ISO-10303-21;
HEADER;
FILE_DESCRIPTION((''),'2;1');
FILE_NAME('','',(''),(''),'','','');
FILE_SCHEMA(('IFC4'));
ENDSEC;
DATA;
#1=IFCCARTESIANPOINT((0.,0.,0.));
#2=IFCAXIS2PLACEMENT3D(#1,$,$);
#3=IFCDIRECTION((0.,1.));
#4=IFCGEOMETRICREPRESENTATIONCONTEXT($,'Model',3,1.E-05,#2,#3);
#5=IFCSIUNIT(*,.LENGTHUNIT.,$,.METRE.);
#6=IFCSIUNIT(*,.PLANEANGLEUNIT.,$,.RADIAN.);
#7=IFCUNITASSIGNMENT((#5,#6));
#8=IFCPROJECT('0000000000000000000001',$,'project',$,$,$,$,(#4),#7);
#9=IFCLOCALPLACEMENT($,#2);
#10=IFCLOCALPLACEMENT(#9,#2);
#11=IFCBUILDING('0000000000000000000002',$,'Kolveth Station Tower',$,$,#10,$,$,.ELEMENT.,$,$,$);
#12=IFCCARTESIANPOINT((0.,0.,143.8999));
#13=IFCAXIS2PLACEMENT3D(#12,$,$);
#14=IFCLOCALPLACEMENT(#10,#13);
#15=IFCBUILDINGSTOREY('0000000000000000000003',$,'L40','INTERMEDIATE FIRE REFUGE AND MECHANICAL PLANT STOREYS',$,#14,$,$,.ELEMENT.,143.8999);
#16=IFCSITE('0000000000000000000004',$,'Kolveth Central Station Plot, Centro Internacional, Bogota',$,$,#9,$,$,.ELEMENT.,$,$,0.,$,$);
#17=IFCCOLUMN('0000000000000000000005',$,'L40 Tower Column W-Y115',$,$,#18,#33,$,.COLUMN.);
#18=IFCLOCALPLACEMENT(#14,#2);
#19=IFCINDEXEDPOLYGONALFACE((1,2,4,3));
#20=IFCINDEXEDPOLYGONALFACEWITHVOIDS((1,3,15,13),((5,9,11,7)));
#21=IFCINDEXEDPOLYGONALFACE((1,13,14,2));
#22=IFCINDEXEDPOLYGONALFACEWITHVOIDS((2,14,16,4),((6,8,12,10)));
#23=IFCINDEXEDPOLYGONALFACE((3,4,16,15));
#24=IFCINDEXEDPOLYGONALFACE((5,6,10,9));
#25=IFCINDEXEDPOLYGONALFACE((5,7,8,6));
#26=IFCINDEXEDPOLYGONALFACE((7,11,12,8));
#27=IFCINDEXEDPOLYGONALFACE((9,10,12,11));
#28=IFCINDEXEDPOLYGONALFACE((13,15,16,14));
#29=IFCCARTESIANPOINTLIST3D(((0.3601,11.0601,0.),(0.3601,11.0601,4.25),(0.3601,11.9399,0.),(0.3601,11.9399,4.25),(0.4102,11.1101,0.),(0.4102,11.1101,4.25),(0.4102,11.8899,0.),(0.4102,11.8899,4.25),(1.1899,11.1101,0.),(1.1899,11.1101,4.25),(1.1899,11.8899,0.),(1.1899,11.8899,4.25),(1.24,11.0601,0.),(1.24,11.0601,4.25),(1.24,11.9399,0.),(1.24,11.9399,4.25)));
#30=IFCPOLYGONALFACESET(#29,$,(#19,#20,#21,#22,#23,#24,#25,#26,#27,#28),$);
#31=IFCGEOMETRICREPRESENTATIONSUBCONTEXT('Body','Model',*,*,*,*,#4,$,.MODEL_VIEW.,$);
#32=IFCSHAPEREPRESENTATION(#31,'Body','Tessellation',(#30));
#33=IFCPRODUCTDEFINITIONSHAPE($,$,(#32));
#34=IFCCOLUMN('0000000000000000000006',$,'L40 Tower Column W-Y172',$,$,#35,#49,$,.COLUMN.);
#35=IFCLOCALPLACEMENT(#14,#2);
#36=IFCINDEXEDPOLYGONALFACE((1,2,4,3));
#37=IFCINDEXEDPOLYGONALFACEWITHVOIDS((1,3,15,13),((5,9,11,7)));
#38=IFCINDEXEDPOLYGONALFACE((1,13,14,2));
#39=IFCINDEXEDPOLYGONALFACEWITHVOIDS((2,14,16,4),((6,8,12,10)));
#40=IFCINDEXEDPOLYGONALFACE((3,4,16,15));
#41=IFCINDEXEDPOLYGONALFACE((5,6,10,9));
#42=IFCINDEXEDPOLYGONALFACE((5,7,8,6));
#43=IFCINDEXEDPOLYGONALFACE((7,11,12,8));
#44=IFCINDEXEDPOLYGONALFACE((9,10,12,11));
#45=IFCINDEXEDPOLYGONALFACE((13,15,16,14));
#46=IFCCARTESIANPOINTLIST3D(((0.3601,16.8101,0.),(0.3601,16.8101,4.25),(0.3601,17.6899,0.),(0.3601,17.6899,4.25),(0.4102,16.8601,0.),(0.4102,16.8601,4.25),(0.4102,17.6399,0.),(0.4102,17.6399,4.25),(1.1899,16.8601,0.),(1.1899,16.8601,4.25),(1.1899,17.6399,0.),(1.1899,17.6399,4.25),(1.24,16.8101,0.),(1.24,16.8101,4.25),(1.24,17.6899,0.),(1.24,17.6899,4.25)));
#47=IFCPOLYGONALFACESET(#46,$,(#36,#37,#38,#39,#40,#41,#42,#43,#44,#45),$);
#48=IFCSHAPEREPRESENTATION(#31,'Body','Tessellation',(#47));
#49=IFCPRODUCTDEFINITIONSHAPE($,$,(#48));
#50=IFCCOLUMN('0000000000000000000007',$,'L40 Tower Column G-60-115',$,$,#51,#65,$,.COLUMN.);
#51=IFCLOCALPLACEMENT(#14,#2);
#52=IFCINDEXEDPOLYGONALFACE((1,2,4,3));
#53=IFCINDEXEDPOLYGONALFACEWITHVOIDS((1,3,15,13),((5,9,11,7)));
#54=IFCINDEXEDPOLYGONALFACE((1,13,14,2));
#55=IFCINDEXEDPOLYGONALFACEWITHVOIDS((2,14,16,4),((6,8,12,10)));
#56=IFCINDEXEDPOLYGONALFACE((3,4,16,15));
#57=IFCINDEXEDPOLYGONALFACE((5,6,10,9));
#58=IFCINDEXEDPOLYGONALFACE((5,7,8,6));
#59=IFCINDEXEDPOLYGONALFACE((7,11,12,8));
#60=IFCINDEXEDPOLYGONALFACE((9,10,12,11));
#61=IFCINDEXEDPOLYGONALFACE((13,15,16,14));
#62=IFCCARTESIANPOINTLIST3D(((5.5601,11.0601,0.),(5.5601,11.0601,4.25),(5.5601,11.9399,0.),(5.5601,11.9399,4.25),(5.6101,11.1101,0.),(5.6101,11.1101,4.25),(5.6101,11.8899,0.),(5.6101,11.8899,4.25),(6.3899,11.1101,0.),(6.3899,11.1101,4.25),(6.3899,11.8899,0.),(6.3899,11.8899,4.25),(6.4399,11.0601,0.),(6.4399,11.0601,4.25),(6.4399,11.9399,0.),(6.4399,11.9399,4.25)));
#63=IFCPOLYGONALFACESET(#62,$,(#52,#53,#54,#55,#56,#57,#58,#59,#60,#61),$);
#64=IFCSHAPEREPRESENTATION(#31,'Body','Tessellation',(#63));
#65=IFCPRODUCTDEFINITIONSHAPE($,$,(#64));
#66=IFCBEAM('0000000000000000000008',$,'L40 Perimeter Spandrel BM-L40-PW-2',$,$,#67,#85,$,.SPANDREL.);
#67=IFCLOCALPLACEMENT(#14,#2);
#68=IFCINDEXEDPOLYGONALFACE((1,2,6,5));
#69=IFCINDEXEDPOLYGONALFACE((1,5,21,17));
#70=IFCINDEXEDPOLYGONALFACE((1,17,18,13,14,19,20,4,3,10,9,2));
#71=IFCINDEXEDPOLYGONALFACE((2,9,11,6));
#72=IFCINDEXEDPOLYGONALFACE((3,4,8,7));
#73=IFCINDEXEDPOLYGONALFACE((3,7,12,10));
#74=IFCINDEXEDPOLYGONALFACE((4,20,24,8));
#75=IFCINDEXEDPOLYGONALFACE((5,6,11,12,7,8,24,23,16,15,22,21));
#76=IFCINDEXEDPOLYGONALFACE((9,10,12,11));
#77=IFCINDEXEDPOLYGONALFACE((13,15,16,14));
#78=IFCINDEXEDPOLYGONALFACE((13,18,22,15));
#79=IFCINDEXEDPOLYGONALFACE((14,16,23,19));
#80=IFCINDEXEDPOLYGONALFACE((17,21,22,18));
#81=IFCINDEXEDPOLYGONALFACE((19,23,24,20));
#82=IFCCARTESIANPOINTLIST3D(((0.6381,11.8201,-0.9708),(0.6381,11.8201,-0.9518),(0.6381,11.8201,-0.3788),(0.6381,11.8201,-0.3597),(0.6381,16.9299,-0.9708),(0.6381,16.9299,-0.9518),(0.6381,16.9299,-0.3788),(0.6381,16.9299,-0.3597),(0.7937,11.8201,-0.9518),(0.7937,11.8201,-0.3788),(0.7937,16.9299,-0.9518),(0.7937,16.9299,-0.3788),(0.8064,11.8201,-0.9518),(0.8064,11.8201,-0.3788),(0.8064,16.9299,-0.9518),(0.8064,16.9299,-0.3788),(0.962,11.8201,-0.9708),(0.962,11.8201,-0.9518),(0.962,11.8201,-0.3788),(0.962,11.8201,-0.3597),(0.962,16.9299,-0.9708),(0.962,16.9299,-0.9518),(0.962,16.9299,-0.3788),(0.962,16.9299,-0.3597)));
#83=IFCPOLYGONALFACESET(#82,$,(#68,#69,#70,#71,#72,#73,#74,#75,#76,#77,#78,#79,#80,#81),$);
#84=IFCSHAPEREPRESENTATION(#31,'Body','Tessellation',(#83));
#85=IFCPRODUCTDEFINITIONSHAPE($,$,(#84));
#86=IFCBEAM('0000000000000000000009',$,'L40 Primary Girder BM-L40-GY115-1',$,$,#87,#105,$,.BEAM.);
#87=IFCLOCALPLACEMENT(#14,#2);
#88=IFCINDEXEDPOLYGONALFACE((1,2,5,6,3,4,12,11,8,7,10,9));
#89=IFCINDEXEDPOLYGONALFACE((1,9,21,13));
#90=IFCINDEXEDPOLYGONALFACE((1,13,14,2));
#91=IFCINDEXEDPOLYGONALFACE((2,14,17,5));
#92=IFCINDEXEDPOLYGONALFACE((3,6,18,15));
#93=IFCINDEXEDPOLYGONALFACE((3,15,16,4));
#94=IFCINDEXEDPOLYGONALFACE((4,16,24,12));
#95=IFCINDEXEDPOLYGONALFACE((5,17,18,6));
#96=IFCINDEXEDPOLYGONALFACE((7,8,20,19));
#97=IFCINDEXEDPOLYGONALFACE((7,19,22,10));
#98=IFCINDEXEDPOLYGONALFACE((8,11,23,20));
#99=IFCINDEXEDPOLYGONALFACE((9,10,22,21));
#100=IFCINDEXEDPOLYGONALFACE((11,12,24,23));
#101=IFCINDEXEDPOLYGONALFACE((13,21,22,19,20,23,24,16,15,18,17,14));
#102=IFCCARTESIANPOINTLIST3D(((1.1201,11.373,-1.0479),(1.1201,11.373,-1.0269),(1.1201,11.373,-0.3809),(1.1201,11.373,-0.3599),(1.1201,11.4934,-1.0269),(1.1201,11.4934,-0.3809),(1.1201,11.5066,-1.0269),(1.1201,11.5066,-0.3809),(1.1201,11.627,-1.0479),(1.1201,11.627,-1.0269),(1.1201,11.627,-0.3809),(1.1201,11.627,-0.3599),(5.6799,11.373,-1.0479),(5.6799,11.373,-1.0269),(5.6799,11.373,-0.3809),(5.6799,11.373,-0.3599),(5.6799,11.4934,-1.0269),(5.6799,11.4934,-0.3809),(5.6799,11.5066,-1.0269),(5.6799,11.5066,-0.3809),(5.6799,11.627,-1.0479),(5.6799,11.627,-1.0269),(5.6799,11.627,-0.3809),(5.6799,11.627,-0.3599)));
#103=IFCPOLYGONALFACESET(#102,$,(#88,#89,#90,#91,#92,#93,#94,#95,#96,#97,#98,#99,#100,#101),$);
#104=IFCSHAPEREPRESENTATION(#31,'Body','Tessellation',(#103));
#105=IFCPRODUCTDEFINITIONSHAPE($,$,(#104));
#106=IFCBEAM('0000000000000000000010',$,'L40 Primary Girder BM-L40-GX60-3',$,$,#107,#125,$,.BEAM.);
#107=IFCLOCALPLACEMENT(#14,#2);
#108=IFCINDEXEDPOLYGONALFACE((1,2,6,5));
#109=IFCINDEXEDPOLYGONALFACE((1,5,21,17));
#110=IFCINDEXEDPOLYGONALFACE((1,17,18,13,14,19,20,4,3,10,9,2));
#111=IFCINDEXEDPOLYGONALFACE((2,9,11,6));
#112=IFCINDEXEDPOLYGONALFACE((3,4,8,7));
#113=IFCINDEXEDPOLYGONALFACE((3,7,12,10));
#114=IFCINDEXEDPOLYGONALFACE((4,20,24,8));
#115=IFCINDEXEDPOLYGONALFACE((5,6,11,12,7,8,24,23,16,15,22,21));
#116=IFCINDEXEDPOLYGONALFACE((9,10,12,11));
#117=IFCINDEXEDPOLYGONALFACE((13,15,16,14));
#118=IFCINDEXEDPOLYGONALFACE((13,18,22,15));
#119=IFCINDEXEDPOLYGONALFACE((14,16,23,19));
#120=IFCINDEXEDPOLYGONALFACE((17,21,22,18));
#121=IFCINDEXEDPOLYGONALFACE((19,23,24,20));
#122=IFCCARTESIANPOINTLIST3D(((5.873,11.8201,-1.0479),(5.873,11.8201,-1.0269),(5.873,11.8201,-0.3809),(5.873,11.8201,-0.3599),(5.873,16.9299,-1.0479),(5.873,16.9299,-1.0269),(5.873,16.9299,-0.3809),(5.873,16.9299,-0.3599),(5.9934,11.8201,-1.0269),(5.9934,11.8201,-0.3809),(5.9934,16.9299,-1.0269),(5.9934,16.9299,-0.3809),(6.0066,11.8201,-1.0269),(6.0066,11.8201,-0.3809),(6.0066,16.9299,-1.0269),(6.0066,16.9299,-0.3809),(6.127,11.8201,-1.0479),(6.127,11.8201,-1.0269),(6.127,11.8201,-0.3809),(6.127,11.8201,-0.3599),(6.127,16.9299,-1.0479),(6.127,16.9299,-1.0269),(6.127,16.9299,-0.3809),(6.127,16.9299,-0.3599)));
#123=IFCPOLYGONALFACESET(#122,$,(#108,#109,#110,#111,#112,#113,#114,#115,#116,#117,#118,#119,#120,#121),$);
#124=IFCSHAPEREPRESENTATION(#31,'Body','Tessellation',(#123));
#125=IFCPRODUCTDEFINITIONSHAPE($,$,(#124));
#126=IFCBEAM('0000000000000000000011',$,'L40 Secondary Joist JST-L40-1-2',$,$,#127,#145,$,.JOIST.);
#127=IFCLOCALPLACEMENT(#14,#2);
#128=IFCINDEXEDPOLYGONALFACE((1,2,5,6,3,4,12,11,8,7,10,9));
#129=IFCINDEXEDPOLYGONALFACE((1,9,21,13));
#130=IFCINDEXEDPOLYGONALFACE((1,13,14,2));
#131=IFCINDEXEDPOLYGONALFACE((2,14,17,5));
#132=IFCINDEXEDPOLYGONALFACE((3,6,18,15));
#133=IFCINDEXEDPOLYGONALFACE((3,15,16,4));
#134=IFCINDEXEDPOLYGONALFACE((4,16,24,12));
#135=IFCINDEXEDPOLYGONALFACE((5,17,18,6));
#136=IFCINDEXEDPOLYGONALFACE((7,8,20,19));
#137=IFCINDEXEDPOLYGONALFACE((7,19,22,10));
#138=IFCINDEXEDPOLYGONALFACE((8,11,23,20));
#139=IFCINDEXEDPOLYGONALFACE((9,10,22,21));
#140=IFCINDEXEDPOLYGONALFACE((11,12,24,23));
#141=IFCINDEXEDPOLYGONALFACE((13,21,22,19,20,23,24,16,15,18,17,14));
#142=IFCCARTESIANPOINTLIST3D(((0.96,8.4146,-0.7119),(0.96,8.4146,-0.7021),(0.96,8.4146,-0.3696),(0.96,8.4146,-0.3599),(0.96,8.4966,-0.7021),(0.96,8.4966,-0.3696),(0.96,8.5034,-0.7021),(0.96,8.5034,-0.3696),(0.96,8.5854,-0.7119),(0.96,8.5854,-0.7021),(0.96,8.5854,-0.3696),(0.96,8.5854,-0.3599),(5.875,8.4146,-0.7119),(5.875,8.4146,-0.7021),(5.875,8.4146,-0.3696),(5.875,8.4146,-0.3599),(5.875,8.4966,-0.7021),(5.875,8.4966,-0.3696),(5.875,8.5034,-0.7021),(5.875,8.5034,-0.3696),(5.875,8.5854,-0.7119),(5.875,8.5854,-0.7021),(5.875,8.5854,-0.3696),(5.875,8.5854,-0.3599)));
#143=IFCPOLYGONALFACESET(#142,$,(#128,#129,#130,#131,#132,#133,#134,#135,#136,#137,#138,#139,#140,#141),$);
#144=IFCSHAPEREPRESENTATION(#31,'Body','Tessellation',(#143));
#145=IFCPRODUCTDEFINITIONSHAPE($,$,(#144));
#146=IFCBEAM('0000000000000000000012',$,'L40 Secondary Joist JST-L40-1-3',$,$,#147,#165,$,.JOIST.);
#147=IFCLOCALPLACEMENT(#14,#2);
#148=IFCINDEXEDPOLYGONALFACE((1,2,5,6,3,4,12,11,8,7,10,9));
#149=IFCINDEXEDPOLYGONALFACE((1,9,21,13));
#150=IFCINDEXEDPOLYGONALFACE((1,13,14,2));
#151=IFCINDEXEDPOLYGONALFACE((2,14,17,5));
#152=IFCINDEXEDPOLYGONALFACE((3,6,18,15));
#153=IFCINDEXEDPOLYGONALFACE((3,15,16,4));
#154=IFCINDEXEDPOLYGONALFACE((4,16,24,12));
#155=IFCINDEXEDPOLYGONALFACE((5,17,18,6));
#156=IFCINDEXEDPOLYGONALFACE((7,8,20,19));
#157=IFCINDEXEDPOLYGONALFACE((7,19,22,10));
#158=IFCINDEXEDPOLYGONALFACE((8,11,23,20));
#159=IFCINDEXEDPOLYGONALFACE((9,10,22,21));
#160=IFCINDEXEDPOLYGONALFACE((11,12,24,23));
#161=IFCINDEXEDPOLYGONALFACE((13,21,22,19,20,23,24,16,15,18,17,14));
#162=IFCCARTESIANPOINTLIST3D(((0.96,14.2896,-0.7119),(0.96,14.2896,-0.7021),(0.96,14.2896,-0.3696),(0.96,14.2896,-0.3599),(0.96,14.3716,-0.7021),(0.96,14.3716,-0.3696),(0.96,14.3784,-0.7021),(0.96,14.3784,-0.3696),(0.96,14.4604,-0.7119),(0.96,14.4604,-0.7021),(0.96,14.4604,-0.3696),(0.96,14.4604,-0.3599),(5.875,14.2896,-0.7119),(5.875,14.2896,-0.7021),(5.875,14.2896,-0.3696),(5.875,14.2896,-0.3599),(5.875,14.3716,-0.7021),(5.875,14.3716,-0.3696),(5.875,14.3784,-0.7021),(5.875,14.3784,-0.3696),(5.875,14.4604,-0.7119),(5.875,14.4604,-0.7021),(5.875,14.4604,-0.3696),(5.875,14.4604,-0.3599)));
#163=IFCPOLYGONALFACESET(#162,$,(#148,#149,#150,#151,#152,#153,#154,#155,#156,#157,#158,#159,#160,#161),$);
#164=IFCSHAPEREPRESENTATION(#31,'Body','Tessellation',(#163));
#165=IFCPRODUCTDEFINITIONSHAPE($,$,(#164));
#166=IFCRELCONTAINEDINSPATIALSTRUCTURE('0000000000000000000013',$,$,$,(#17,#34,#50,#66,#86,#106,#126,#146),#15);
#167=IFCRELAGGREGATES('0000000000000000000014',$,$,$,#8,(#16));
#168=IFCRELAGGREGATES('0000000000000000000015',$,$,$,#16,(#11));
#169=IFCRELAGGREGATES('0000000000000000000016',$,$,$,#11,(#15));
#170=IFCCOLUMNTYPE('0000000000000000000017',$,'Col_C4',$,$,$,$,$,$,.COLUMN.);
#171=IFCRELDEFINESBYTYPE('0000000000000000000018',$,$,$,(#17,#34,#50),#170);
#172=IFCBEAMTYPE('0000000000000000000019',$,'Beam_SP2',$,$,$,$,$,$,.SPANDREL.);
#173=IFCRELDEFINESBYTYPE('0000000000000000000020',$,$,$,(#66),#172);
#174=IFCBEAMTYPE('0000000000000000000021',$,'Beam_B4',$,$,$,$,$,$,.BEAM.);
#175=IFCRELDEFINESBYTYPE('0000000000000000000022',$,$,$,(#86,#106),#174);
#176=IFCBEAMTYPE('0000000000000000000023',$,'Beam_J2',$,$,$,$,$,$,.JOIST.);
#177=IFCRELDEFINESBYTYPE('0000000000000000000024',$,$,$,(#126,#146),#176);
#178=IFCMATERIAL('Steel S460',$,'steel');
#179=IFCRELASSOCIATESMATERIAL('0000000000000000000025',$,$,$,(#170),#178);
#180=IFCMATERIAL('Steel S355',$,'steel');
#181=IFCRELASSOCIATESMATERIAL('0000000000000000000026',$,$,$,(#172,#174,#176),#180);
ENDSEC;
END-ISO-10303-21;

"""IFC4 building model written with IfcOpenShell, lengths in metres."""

from ifc_helpers import new_model, si_unit, direction, frame, origin, origin_2d, place, context, subcontext, project, spatial, hollow_rectangle, i_section, extrude, source, transform, mapped, material, material_profile, profile_set, type_object, element, save


model = new_model("IFC4")

# Units and contexts
model_context = context("Model", 3, precision=1e-05, world=origin(), true_north=direction((0.0, 1.0)))
body_context = subcontext(model_context, "Body", "Model", "MODEL_VIEW")
ifc_project = project(units=[si_unit("LENGTHUNIT", "METRE"), si_unit("PLANEANGLEUNIT", "RADIAN")], contexts=[model_context])

# Site, building, storey
site_placement = place(None, origin())
site = spatial("IfcSite", under=ifc_project, at=site_placement, Name="Kolveth Central Station Plot, Centro Internacional, Bogota", CompositionType="ELEMENT", RefElevation=0.0)
building_placement = place(site_placement, origin())
building = spatial("IfcBuilding", under=site, at=building_placement, Name="Kolveth Station Tower", CompositionType="ELEMENT")
storey_placement = place(building_placement, frame((0.0, 0.0, 143.8999)))
storey = spatial("IfcBuildingStorey", under=building, at=storey_placement, Name="L40", Description="INTERMEDIATE FIRE REFUGE AND MECHANICAL PLANT STOREYS", CompositionType="ELEMENT", Elevation=143.8999)

# Columns
ifc_material_1 = material(Name="Steel S460", Category="steel")
ifc_material_profile_1 = material_profile(ifc_material_1, hollow_rectangle(XDim=0.8799, YDim=0.8799, WallThickness=0.05, at=origin_2d()), Name="BOX880x880x50")
ifc_profile_set_1 = profile_set([ifc_material_profile_1], Name="Steel S460")
column_type = type_object("IfcColumnType", Name="Col_C4", PredefinedType="COLUMN", material=ifc_profile_set_1)
shared_shape_1 = source(origin(), body_context, "Body", "SweptSolid", [
    extrude(hollow_rectangle(XDim=0.8799, YDim=0.8799, WallThickness=0.05, at=origin_2d()), origin(), (0.0, 0.0, 1.0), 4.25),
])
for number, where, z_axis, x_axis, name in (
    (1, (0.8, 11.5, 0.0), (0.0, 0.0, 1.0), (1.0, 0.0, 0.0), "L40 Tower Column W-Y115"),
    (2, (0.8, 17.25, 0.0), (0.0, 0.0, 1.0), (1.0, 0.0, 0.0), "L40 Tower Column W-Y172"),
    (3, (6.0, 11.5, 0.0), (0.0, 0.0, 1.0), (1.0, 0.0, 0.0), "L40 Tower Column G-60-115"),
):
    element("IfcColumn", number, at=place(storey_placement, frame(where, z_axis=z_axis, x_axis=x_axis)), inside=storey, type_object=column_type, Name=name, PredefinedType="COLUMN", context=body_context, shape_type="MappedRepresentation", body=[
        mapped(shared_shape_1, transform((0.0, 0.0, 0.0), x_axis=(1.0, 0.0, 0.0), y_axis=(0.0, 1.0, 0.0), z_axis=(0.0, 0.0, 1.0), scale=1.0)),
    ])

# Beams
ifc_material_2 = material(Name="Steel S355", Category="steel")
ifc_material_profile_2 = material_profile(ifc_material_2, i_section(OverallWidth=0.324, OverallDepth=0.6111, WebThickness=0.0127, FlangeThickness=0.019, at=origin_2d()), Name="W610x155")
ifc_profile_set_2 = profile_set([ifc_material_profile_2], Name="Steel S355")
beam_type_1 = type_object("IfcBeamType", Name="Beam_SP2", PredefinedType="SPANDREL", material=ifc_profile_set_2)
shared_shape_2 = source(origin(), body_context, "Body", "SweptSolid", [
    extrude(i_section(OverallWidth=0.324, OverallDepth=0.6111, WebThickness=0.0127, FlangeThickness=0.019, at=origin_2d()), origin(), (0.0, 0.0, 1.0), 5.1099),
])
beam_1_placement = place(storey_placement, frame((0.8, 11.8201, -0.6653), z_axis=(0.0, 1.0, 0.0), x_axis=(-1.0, 0.0, 0.0)))
element("IfcBeam", 4, at=beam_1_placement, inside=storey, type_object=beam_type_1, Name="L40 Perimeter Spandrel BM-L40-PW-2", PredefinedType="SPANDREL", context=body_context, shape_type="MappedRepresentation", body=[
    mapped(shared_shape_2, transform((0.0, 0.0, 0.0), x_axis=(1.0, 0.0, 0.0), y_axis=(0.0, 1.0, 0.0), z_axis=(0.0, 0.0, 1.0), scale=1.0)),
])
ifc_material_profile_3 = material_profile(ifc_material_2, i_section(OverallWidth=0.2539, OverallDepth=0.688, WebThickness=0.0132, FlangeThickness=0.021, at=origin_2d()), Name="W690x152")
ifc_profile_set_3 = profile_set([ifc_material_profile_3], Name="Steel S355")
beam_type_2 = type_object("IfcBeamType", Name="Beam_B4", PredefinedType="BEAM", material=ifc_profile_set_3)
shared_shape_3 = source(origin(), body_context, "Body", "SweptSolid", [
    extrude(i_section(OverallWidth=0.2539, OverallDepth=0.688, WebThickness=0.0132, FlangeThickness=0.021, at=origin_2d()), origin(), (0.0, 0.0, 1.0), 4.5598),
])
beam_2_placement = place(storey_placement, frame((1.1201, 11.5, -0.7039), z_axis=(1.0, 0.0, 0.0), x_axis=(0.0, 1.0, 0.0)))
element("IfcBeam", 5, at=beam_2_placement, inside=storey, type_object=beam_type_2, Name="L40 Primary Girder BM-L40-GY115-1", PredefinedType="BEAM", context=body_context, shape_type="MappedRepresentation", body=[
    mapped(shared_shape_3, transform((0.0, 0.0, 0.0), x_axis=(1.0, 0.0, 0.0), y_axis=(0.0, 1.0, 0.0), z_axis=(0.0, 0.0, 1.0), scale=1.0)),
])
shared_shape_4 = source(origin(), body_context, "Body", "SweptSolid", [
    extrude(i_section(OverallWidth=0.2539, OverallDepth=0.688, WebThickness=0.0132, FlangeThickness=0.021, at=origin_2d()), origin(), (0.0, 0.0, 1.0), 5.1099),
])
beam_3_placement = place(storey_placement, frame((6.0, 11.8201, -0.7039), z_axis=(0.0, 1.0, 0.0), x_axis=(-1.0, 0.0, 0.0)))
element("IfcBeam", 6, at=beam_3_placement, inside=storey, type_object=beam_type_2, Name="L40 Primary Girder BM-L40-GX60-3", PredefinedType="BEAM", context=body_context, shape_type="MappedRepresentation", body=[
    mapped(shared_shape_4, transform((0.0, 0.0, 0.0), x_axis=(1.0, 0.0, 0.0), y_axis=(0.0, 1.0, 0.0), z_axis=(0.0, 0.0, 1.0), scale=1.0)),
])
ifc_material_profile_4 = material_profile(ifc_material_2, i_section(OverallWidth=0.1709, OverallDepth=0.3521, WebThickness=0.0068, FlangeThickness=0.0098, at=origin_2d()), Name="W360x44")
ifc_profile_set_4 = profile_set([ifc_material_profile_4], Name="Steel S355")
beam_type_3 = type_object("IfcBeamType", Name="Beam_J2", PredefinedType="JOIST", material=ifc_profile_set_4)
shared_shape_5 = source(origin(), body_context, "Body", "SweptSolid", [
    extrude(i_section(OverallWidth=0.1709, OverallDepth=0.3521, WebThickness=0.0068, FlangeThickness=0.0098, at=origin_2d()), origin(), (0.0, 0.0, 1.0), 4.915),
])
for number, where, z_axis, x_axis, name in (
    (7, (0.96, 8.5, -0.5359), (1.0, 0.0, 0.0), (0.0, 1.0, 0.0), "L40 Secondary Joist JST-L40-1-2"),
    (8, (0.96, 14.375, -0.5359), (1.0, 0.0, 0.0), (0.0, 1.0, 0.0), "L40 Secondary Joist JST-L40-1-3"),
):
    element("IfcBeam", number, at=place(storey_placement, frame(where, z_axis=z_axis, x_axis=x_axis)), inside=storey, type_object=beam_type_3, Name=name, PredefinedType="JOIST", context=body_context, shape_type="MappedRepresentation", body=[
        mapped(shared_shape_5, transform((0.0, 0.0, 0.0), x_axis=(1.0, 0.0, 0.0), y_axis=(0.0, 1.0, 0.0), z_axis=(0.0, 0.0, 1.0), scale=1.0)),
    ])

save(model, "model.ifc")
